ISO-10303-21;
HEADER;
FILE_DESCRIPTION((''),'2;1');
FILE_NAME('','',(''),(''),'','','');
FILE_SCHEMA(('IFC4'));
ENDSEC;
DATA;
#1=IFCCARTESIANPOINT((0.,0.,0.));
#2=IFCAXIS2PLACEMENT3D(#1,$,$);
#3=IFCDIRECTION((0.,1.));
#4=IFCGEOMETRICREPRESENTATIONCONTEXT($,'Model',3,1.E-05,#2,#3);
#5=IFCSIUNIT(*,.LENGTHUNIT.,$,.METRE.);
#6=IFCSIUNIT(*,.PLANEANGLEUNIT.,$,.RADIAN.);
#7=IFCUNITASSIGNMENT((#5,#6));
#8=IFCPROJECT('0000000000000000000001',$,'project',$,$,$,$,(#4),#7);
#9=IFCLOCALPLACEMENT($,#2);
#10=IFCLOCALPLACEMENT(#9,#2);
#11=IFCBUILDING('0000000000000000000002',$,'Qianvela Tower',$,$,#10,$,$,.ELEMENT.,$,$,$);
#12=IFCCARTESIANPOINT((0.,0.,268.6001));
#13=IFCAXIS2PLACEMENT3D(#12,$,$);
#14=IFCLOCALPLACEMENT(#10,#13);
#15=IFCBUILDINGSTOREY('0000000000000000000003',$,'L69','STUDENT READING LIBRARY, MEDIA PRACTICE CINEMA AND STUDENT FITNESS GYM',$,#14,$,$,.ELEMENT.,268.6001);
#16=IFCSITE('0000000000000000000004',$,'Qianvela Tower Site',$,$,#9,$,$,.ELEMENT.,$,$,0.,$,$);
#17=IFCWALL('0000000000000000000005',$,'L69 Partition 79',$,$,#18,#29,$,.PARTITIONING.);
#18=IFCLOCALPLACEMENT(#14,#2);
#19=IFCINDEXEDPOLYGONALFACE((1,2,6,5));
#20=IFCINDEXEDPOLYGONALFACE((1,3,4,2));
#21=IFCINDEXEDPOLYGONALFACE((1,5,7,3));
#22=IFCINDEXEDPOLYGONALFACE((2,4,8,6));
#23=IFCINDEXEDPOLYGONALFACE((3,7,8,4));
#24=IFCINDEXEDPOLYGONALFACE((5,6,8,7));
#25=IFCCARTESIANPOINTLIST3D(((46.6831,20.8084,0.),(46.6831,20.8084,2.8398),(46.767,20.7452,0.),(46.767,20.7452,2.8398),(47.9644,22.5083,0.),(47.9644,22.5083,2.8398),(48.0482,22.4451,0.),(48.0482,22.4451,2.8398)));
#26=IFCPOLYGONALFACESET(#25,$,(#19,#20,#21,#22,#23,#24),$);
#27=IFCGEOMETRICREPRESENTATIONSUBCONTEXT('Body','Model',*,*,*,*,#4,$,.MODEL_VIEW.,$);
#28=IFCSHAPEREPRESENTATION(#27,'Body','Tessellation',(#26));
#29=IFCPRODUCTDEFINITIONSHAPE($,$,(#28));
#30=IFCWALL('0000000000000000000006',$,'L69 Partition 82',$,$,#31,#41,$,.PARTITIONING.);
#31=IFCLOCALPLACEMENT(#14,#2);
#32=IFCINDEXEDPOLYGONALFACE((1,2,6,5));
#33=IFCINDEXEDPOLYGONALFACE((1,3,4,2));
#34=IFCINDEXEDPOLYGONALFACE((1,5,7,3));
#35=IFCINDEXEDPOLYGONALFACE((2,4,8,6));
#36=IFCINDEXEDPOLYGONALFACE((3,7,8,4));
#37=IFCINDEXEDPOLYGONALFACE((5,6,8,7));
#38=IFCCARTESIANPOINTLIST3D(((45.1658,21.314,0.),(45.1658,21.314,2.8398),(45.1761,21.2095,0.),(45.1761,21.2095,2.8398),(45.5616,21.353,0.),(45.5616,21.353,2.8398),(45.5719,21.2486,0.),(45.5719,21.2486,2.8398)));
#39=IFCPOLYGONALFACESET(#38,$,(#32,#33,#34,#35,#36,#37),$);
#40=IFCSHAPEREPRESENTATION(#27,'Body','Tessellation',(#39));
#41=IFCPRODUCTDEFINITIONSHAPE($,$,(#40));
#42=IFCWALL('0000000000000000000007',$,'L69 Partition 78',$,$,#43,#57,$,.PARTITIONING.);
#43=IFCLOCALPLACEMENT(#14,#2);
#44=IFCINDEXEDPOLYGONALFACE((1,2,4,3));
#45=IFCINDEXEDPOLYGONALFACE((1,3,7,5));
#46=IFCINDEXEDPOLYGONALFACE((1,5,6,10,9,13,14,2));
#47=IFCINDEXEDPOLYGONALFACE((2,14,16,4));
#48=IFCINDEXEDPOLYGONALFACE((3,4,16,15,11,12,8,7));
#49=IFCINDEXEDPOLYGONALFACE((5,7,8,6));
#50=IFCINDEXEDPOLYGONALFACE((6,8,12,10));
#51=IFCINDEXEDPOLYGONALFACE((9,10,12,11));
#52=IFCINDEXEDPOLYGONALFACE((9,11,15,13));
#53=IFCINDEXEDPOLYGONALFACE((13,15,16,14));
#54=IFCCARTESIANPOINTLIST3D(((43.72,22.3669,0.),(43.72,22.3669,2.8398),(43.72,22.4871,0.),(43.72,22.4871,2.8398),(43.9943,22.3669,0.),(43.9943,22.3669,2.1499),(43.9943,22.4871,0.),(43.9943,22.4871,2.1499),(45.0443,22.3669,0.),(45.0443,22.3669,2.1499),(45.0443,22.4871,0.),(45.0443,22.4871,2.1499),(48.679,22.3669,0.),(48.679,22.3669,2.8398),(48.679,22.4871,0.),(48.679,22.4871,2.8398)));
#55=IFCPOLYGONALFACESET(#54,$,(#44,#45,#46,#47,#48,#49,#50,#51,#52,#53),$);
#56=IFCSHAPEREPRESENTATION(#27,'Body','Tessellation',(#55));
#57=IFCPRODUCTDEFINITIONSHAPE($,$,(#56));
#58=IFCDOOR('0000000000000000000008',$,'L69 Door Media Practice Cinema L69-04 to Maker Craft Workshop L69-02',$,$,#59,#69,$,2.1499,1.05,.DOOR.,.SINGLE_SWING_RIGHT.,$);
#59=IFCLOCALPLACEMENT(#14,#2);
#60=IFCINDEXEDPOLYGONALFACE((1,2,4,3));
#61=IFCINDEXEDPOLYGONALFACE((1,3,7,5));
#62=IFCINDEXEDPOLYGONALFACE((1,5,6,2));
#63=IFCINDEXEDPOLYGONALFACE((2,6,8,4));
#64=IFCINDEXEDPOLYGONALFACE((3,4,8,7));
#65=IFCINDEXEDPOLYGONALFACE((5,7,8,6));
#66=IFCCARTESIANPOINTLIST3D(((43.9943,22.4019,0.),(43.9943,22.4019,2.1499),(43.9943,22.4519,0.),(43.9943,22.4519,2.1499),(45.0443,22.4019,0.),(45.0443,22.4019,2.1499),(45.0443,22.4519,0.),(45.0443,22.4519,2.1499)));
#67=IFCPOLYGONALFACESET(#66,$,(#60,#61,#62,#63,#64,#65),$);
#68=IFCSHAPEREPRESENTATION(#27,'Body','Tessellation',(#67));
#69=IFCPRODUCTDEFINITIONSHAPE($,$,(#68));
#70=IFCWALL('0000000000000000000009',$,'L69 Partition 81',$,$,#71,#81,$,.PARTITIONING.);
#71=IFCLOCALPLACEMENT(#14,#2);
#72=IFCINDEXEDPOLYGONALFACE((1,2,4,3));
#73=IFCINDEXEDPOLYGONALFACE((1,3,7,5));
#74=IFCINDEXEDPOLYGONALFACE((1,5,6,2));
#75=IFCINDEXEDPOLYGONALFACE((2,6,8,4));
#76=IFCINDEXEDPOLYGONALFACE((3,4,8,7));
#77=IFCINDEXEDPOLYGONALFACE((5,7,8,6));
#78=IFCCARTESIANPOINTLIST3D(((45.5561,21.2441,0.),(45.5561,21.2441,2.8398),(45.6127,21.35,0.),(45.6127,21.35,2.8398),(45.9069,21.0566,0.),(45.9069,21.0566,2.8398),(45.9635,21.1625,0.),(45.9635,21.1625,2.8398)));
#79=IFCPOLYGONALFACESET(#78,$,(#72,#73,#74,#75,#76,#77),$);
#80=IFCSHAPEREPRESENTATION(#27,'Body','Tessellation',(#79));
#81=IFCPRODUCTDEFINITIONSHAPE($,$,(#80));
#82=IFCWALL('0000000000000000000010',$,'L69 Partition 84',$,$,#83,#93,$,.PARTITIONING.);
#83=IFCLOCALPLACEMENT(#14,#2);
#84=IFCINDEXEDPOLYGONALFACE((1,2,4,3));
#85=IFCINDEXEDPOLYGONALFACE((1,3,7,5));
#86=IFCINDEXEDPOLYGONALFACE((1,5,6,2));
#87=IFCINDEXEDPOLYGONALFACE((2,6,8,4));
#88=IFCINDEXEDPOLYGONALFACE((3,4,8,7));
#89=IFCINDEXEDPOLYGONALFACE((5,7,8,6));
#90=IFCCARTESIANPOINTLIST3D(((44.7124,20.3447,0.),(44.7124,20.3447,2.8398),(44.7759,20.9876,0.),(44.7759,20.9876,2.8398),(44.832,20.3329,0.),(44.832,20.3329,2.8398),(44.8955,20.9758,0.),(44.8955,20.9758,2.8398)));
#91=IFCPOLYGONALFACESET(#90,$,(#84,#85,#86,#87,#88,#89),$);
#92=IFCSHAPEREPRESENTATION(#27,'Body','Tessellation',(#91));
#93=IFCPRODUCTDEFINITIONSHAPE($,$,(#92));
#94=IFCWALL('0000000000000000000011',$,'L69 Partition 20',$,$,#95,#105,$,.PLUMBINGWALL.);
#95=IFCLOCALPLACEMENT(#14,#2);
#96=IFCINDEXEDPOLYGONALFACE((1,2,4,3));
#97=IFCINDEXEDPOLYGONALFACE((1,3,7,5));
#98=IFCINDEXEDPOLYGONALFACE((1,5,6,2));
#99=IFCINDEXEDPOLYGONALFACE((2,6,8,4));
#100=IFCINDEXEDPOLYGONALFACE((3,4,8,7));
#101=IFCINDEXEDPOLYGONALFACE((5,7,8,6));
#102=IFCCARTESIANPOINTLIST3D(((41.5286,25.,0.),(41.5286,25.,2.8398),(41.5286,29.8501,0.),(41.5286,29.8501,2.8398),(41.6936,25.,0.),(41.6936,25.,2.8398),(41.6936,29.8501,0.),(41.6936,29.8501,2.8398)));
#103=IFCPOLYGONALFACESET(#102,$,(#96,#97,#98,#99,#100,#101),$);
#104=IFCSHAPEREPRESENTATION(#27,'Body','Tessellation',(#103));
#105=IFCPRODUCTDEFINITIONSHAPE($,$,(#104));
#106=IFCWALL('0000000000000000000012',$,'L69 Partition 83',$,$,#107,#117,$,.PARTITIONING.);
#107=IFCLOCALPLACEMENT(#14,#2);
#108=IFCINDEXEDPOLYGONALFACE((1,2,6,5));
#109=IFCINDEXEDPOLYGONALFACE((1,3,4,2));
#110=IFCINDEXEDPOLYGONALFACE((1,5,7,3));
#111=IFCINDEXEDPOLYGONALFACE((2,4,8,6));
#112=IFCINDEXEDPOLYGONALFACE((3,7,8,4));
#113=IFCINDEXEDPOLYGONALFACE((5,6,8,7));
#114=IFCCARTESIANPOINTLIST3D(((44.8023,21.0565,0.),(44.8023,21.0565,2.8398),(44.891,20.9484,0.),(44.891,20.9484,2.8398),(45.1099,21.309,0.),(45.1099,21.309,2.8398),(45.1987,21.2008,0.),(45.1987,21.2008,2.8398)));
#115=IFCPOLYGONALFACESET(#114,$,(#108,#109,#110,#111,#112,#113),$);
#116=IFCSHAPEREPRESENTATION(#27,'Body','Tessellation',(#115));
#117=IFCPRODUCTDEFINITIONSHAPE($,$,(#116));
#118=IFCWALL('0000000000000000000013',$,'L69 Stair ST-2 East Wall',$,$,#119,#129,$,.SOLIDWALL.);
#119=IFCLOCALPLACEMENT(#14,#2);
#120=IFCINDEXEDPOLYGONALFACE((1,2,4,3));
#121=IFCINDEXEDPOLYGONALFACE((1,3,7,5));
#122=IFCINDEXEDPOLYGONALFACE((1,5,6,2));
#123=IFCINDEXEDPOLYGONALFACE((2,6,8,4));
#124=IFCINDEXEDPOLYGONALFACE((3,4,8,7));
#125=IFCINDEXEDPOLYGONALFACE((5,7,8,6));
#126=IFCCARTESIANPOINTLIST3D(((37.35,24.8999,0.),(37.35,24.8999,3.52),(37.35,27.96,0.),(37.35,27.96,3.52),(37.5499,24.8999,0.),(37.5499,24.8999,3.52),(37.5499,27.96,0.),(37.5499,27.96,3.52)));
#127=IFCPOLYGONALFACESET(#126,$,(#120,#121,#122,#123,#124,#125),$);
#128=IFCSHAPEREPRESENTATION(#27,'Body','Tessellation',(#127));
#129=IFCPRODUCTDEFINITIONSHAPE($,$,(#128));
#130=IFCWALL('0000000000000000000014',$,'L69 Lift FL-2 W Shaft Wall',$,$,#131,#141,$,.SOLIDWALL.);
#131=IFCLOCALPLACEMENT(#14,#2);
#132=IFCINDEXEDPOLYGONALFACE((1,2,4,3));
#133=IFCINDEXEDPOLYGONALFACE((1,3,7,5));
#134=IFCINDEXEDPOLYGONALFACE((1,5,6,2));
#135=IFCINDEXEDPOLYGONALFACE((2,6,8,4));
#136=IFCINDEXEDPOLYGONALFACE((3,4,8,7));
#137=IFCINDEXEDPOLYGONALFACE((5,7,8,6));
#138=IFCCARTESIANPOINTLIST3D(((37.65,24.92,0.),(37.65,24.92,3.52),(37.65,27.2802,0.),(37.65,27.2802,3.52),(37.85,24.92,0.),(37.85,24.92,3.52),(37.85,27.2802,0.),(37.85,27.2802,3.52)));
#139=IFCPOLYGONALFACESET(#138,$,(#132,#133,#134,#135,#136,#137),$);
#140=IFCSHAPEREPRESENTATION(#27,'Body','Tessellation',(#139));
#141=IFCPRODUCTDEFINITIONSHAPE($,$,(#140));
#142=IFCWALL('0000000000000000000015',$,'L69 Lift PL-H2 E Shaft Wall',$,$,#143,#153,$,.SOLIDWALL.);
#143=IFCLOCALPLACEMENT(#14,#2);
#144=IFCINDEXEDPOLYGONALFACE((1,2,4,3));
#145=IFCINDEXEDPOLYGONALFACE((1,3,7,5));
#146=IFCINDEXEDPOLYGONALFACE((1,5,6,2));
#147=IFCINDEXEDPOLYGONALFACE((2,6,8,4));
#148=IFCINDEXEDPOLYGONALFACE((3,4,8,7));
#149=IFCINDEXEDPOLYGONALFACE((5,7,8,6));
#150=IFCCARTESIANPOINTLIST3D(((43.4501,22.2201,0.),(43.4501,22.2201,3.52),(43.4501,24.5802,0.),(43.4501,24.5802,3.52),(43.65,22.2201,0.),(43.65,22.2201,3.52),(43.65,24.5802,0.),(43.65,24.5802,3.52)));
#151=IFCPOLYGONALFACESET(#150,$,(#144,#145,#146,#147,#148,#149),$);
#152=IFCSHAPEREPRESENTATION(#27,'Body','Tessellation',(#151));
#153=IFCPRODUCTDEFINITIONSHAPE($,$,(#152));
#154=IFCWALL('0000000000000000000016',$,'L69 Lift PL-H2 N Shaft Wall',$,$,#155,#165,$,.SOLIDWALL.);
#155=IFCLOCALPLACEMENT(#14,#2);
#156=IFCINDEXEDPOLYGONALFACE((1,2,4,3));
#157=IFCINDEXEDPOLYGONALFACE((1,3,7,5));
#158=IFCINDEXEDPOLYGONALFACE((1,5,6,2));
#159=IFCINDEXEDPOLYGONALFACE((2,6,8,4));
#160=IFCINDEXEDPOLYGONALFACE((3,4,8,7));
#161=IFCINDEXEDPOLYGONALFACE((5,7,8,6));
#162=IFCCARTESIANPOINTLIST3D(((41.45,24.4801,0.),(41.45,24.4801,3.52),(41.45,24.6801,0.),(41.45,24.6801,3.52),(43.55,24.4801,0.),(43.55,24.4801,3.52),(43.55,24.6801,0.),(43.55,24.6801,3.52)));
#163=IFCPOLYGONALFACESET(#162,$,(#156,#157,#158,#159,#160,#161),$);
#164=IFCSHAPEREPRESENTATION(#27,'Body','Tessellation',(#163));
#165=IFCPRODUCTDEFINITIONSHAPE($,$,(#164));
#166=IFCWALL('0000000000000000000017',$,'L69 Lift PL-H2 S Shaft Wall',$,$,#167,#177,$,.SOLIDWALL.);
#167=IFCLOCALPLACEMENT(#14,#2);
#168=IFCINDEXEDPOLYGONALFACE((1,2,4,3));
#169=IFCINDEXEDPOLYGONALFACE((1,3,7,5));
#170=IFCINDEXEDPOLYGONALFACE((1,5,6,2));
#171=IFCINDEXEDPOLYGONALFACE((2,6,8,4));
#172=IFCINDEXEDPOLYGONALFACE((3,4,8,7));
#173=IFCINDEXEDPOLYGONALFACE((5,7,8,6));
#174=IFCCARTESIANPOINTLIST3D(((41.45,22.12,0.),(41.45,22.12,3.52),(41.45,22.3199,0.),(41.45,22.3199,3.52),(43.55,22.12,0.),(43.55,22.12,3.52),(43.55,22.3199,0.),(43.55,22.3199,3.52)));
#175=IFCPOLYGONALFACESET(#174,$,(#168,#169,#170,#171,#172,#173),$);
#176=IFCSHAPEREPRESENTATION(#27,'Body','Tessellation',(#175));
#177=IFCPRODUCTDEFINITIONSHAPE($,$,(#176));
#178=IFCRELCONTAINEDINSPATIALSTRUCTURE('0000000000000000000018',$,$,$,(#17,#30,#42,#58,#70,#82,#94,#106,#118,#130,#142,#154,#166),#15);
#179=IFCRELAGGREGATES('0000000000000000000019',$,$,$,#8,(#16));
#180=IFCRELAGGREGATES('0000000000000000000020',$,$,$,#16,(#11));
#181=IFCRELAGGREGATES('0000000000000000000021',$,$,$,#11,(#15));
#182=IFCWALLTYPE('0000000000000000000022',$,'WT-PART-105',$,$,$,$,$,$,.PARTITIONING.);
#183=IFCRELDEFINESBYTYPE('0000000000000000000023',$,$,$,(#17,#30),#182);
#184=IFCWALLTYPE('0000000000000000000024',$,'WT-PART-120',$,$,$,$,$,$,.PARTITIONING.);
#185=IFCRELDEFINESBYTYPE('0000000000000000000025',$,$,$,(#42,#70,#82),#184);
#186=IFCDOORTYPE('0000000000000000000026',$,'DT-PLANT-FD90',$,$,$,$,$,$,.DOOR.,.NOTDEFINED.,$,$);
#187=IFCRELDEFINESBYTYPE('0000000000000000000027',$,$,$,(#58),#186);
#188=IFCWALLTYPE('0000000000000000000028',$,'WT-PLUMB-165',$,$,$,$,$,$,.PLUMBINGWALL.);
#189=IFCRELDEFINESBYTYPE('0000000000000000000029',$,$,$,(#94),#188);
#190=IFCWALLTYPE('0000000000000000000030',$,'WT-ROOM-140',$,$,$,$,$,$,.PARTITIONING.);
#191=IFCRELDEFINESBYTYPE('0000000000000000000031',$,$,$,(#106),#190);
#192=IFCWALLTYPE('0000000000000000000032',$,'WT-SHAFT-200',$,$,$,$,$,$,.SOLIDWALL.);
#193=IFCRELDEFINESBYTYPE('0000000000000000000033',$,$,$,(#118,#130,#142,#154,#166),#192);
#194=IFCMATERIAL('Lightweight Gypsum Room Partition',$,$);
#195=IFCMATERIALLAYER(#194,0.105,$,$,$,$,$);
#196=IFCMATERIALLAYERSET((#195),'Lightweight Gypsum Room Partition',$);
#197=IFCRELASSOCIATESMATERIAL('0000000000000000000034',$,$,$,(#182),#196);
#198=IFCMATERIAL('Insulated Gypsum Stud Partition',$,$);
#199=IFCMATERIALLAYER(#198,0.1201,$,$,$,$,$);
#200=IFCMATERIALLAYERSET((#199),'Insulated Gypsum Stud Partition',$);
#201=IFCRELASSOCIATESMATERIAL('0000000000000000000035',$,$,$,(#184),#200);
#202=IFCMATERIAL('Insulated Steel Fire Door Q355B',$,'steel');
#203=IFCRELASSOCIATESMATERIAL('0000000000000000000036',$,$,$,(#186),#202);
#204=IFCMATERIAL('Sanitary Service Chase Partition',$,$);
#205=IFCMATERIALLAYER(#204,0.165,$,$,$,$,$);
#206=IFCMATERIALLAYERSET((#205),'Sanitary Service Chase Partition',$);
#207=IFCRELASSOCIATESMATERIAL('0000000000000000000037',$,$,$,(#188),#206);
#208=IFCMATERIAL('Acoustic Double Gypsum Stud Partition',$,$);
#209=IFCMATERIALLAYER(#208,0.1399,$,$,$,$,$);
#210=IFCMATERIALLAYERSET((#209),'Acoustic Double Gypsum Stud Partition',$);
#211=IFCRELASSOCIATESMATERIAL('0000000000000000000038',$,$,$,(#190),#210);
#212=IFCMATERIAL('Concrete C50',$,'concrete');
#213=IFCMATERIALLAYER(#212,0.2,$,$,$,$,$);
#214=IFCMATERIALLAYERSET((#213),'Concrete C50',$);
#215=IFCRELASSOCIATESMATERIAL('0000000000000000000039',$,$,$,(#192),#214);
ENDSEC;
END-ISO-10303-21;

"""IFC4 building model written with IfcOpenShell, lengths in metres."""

from ifc_helpers import new_model, si_unit, direction, frame, frame_2d, origin, place, context, subcontext, project, spatial, rectangle, extrude, material, layer, layer_set, type_object, element, fill, save


model = new_model("IFC4")

# Units and contexts
model_context = context("Model", 3, precision=1e-05, world=origin(), true_north=direction((0.0, 1.0)))
body_context = subcontext(model_context, "Body", "Model", "MODEL_VIEW")
ifc_project = project(units=[si_unit("LENGTHUNIT", "METRE"), si_unit("PLANEANGLEUNIT", "RADIAN")], contexts=[model_context])

# Site, building, storey
site_placement = place(None, origin())
site = spatial("IfcSite", under=ifc_project, at=site_placement, Name="Qianvela Tower Site", CompositionType="ELEMENT", RefElevation=0.0)
building_placement = place(site_placement, origin())
building = spatial("IfcBuilding", under=site, at=building_placement, Name="Qianvela Tower", CompositionType="ELEMENT")
storey_placement = place(building_placement, frame((0.0, 0.0, 268.6001)))
storey = spatial("IfcBuildingStorey", under=building, at=storey_placement, Name="L69", Description="STUDENT READING LIBRARY, MEDIA PRACTICE CINEMA AND STUDENT FITNESS GYM", CompositionType="ELEMENT", Elevation=268.6001)

# Walls
ifc_material_1 = material(Name="Lightweight Gypsum Room Partition")
ifc_layer_1 = layer(ifc_material_1, 0.105)
ifc_layer_set_1 = layer_set([ifc_layer_1], Name="Lightweight Gypsum Room Partition")
wall_type_1 = type_object("IfcWallType", Name="WT-PART-105", PredefinedType="PARTITIONING", material=ifc_layer_set_1)
wall_1_placement = place(storey_placement, frame((48.0063, 22.4768, 0.0), z_axis=(0.0, 0.0, 1.0), x_axis=(-0.601888, -0.79858, 0.0)))
element("IfcWall", 1, at=wall_1_placement, inside=storey, type_object=wall_type_1, Name="L69 Partition 79", PredefinedType="PARTITIONING", context=body_context, shape_type="SweptSolid", body=[
    extrude(rectangle(XDim=2.1287, YDim=0.105, at=frame_2d((1.0645, 0.0))), origin(), (0.0, 0.0, 1.0), 2.8398),
])
wall_2_placement = place(storey_placement, frame((45.5667, 21.3008, 0.0), z_axis=(0.0, 0.0, 1.0), x_axis=(-0.995164, -0.098227, 0.0)))
element("IfcWall", 2, at=wall_2_placement, inside=storey, type_object=wall_type_1, Name="L69 Partition 82", PredefinedType="PARTITIONING", context=body_context, shape_type="SweptSolid", body=[
    extrude(rectangle(XDim=0.3977, YDim=0.105, at=frame_2d((0.1987, 0.0))), origin(), (0.0, 0.0, 1.0), 2.8398),
])

# Wall, opening, door
ifc_material_2 = material(Name="Insulated Gypsum Stud Partition")
ifc_layer_2 = layer(ifc_material_2, 0.1201)
ifc_layer_set_2 = layer_set([ifc_layer_2], Name="Insulated Gypsum Stud Partition")
wall_type_2 = type_object("IfcWallType", Name="WT-PART-120", PredefinedType="PARTITIONING", material=ifc_layer_set_2)
wall_3_placement = place(storey_placement, frame((43.72, 22.427, 0.0), z_axis=(0.0, 0.0, 1.0), x_axis=(1.0, 0.0, 0.0)))
wall_3 = element("IfcWall", 3, at=wall_3_placement, inside=storey, type_object=wall_type_2, Name="L69 Partition 78", PredefinedType="PARTITIONING", context=body_context, shape_type="SweptSolid", body=[
    extrude(rectangle(XDim=4.959, YDim=0.1201, at=frame_2d((2.4795, 0.0))), origin(), (0.0, 0.0, 1.0), 2.8398),
])
opening_1_placement = place(wall_3_placement, frame((0.2744, 0.0, 0.0)))
opening_1 = element("IfcOpeningElement", 4, at=opening_1_placement, cuts=wall_3, PredefinedType="OPENING", context=body_context, shape_type="SweptSolid", body=[
    extrude(rectangle(XDim=1.05, YDim=2.1499, at=frame_2d((0.5249, 1.075))), frame((0.0, 0.0701, 0.0), z_axis=(0.0, -1.0, 0.0), x_axis=(1.0, 0.0, 0.0)), (0.0, 0.0, 1.0), 0.1401),
])
ifc_material_3 = material(Name="Insulated Steel Fire Door Q355B", Category="steel")
door_type_1 = type_object("IfcDoorType", Name="DT-PLANT-FD90", OperationType="NOTDEFINED", PredefinedType="DOOR", material=ifc_material_3)
door_1_placement = place(opening_1_placement, origin())
door_1 = element("IfcDoor", 5, at=door_1_placement, inside=storey, type_object=door_type_1, Name="L69 Door Media Practice Cinema L69-04 to Maker Craft Workshop L69-02", OperationType="SINGLE_SWING_RIGHT", OverallHeight=2.1499, OverallWidth=1.05, PredefinedType="DOOR", context=body_context, shape_type="SweptSolid", body=[
    extrude(rectangle(XDim=1.05, YDim=2.1499, at=frame_2d((0.5249, 1.075))), frame((0.0, 0.0249, 0.0), z_axis=(0.0, -1.0, 0.0), x_axis=(1.0, 0.0, 0.0)), (0.0, 0.0, 1.0), 0.05),
])
fill(opening_1, door_1)

# Walls
wall_4_placement = place(storey_placement, frame((45.9351, 21.1096, 0.0), z_axis=(0.0, 0.0, 1.0), x_axis=(-0.881945, 0.471353, 0.0)))
element("IfcWall", 6, at=wall_4_placement, inside=storey, type_object=wall_type_2, Name="L69 Partition 81", PredefinedType="PARTITIONING", context=body_context, shape_type="SweptSolid", body=[
    extrude(rectangle(XDim=0.3977, YDim=0.1201, at=frame_2d((0.1987, 0.0))), origin(), (0.0, 0.0, 1.0), 2.8398),
])
wall_5_placement = place(storey_placement, frame((44.8357, 20.9817, 0.0), z_axis=(0.0, 0.0, 1.0), x_axis=(-0.098269, -0.99516, 0.0)))
element("IfcWall", 7, at=wall_5_placement, inside=storey, type_object=wall_type_2, Name="L69 Partition 84", PredefinedType="PARTITIONING", context=body_context, shape_type="SweptSolid", body=[
    extrude(rectangle(XDim=0.646, YDim=0.1201, at=frame_2d((0.323, 0.0))), origin(), (0.0, 0.0, 1.0), 2.8398),
])
ifc_material_4 = material(Name="Sanitary Service Chase Partition")
ifc_layer_3 = layer(ifc_material_4, 0.165)
ifc_layer_set_3 = layer_set([ifc_layer_3], Name="Sanitary Service Chase Partition")
wall_type_3 = type_object("IfcWallType", Name="WT-PLUMB-165", PredefinedType="PLUMBINGWALL", material=ifc_layer_set_3)
wall_6_placement = place(storey_placement, frame((41.6111, 25.0, 0.0), z_axis=(0.0, 0.0, 1.0), x_axis=(0.0, 1.0, 0.0)))
element("IfcWall", 8, at=wall_6_placement, inside=storey, type_object=wall_type_3, Name="L69 Partition 20", PredefinedType="PLUMBINGWALL", context=body_context, shape_type="SweptSolid", body=[
    extrude(rectangle(XDim=4.8501, YDim=0.165, at=frame_2d((2.425, 0.0))), origin(), (0.0, 0.0, 1.0), 2.8398),
])
ifc_material_5 = material(Name="Acoustic Double Gypsum Stud Partition")
ifc_layer_4 = layer(ifc_material_5, 0.1399)
ifc_layer_set_4 = layer_set([ifc_layer_4], Name="Acoustic Double Gypsum Stud Partition")
wall_type_4 = type_object("IfcWallType", Name="WT-ROOM-140", PredefinedType="PARTITIONING", material=ifc_layer_set_4)
wall_7_placement = place(storey_placement, frame((45.1543, 21.2549, 0.0), z_axis=(0.0, 0.0, 1.0), x_axis=(-0.773027, -0.634373, 0.0)))
element("IfcWall", 9, at=wall_7_placement, inside=storey, type_object=wall_type_4, Name="L69 Partition 83", PredefinedType="PARTITIONING", context=body_context, shape_type="SweptSolid", body=[
    extrude(rectangle(XDim=0.3979, YDim=0.1399, at=frame_2d((0.199, 0.0))), origin(), (0.0, 0.0, 1.0), 2.8398),
])
ifc_material_6 = material(Name="Concrete C50", Category="concrete")
ifc_layer_5 = layer(ifc_material_6, 0.2)
ifc_layer_set_5 = layer_set([ifc_layer_5], Name="Concrete C50")
wall_type_5 = type_object("IfcWallType", Name="WT-SHAFT-200", PredefinedType="SOLIDWALL", material=ifc_layer_set_5)
wall_8_placement = place(storey_placement, frame((37.45, 24.8999, 0.0), z_axis=(0.0, 0.0, 1.0), x_axis=(0.0, 1.0, 0.0)))
element("IfcWall", 10, at=wall_8_placement, inside=storey, type_object=wall_type_5, Name="L69 Stair ST-2 East Wall", PredefinedType="SOLIDWALL", context=body_context, shape_type="SweptSolid", body=[
    extrude(rectangle(XDim=3.0601, YDim=0.2, at=frame_2d((1.53, 0.0))), origin(), (0.0, 0.0, 1.0), 3.52),
])

# Walls
for number, where, z_axis, x_axis, name in (
    (11, (37.75, 24.9199, 0.0), (0.0, 0.0, 1.0), (0.0, 1.0, 0.0), "L69 Lift FL-2 W Shaft Wall"),
    (12, (43.55, 22.22, 0.0), (0.0, 0.0, 1.0), (0.0, 1.0, 0.0), "L69 Lift PL-H2 E Shaft Wall"),
):
    element("IfcWall", number, at=place(storey_placement, frame(where, z_axis=z_axis, x_axis=x_axis)), inside=storey, type_object=wall_type_5, Name=name, PredefinedType="SOLIDWALL", context=body_context, shape_type="SweptSolid", body=[
        extrude(rectangle(XDim=2.3601, YDim=0.2, at=frame_2d((1.1802, 0.0))), origin(), (0.0, 0.0, 1.0), 3.52),
    ])

# Walls
for number, where, z_axis, x_axis, name in (
    (13, (41.45, 24.5801, 0.0), (0.0, 0.0, 1.0), (1.0, 0.0, 0.0), "L69 Lift PL-H2 N Shaft Wall"),
    (14, (41.45, 22.22, 0.0), (0.0, 0.0, 1.0), (1.0, 0.0, 0.0), "L69 Lift PL-H2 S Shaft Wall"),
):
    element("IfcWall", number, at=place(storey_placement, frame(where, z_axis=z_axis, x_axis=x_axis)), inside=storey, type_object=wall_type_5, Name=name, PredefinedType="SOLIDWALL", context=body_context, shape_type="SweptSolid", body=[
        extrude(rectangle(XDim=2.1001, YDim=0.2, at=frame_2d((1.05, 0.0))), origin(), (0.0, 0.0, 1.0), 3.52),
    ])

save(model, "model.ifc")
